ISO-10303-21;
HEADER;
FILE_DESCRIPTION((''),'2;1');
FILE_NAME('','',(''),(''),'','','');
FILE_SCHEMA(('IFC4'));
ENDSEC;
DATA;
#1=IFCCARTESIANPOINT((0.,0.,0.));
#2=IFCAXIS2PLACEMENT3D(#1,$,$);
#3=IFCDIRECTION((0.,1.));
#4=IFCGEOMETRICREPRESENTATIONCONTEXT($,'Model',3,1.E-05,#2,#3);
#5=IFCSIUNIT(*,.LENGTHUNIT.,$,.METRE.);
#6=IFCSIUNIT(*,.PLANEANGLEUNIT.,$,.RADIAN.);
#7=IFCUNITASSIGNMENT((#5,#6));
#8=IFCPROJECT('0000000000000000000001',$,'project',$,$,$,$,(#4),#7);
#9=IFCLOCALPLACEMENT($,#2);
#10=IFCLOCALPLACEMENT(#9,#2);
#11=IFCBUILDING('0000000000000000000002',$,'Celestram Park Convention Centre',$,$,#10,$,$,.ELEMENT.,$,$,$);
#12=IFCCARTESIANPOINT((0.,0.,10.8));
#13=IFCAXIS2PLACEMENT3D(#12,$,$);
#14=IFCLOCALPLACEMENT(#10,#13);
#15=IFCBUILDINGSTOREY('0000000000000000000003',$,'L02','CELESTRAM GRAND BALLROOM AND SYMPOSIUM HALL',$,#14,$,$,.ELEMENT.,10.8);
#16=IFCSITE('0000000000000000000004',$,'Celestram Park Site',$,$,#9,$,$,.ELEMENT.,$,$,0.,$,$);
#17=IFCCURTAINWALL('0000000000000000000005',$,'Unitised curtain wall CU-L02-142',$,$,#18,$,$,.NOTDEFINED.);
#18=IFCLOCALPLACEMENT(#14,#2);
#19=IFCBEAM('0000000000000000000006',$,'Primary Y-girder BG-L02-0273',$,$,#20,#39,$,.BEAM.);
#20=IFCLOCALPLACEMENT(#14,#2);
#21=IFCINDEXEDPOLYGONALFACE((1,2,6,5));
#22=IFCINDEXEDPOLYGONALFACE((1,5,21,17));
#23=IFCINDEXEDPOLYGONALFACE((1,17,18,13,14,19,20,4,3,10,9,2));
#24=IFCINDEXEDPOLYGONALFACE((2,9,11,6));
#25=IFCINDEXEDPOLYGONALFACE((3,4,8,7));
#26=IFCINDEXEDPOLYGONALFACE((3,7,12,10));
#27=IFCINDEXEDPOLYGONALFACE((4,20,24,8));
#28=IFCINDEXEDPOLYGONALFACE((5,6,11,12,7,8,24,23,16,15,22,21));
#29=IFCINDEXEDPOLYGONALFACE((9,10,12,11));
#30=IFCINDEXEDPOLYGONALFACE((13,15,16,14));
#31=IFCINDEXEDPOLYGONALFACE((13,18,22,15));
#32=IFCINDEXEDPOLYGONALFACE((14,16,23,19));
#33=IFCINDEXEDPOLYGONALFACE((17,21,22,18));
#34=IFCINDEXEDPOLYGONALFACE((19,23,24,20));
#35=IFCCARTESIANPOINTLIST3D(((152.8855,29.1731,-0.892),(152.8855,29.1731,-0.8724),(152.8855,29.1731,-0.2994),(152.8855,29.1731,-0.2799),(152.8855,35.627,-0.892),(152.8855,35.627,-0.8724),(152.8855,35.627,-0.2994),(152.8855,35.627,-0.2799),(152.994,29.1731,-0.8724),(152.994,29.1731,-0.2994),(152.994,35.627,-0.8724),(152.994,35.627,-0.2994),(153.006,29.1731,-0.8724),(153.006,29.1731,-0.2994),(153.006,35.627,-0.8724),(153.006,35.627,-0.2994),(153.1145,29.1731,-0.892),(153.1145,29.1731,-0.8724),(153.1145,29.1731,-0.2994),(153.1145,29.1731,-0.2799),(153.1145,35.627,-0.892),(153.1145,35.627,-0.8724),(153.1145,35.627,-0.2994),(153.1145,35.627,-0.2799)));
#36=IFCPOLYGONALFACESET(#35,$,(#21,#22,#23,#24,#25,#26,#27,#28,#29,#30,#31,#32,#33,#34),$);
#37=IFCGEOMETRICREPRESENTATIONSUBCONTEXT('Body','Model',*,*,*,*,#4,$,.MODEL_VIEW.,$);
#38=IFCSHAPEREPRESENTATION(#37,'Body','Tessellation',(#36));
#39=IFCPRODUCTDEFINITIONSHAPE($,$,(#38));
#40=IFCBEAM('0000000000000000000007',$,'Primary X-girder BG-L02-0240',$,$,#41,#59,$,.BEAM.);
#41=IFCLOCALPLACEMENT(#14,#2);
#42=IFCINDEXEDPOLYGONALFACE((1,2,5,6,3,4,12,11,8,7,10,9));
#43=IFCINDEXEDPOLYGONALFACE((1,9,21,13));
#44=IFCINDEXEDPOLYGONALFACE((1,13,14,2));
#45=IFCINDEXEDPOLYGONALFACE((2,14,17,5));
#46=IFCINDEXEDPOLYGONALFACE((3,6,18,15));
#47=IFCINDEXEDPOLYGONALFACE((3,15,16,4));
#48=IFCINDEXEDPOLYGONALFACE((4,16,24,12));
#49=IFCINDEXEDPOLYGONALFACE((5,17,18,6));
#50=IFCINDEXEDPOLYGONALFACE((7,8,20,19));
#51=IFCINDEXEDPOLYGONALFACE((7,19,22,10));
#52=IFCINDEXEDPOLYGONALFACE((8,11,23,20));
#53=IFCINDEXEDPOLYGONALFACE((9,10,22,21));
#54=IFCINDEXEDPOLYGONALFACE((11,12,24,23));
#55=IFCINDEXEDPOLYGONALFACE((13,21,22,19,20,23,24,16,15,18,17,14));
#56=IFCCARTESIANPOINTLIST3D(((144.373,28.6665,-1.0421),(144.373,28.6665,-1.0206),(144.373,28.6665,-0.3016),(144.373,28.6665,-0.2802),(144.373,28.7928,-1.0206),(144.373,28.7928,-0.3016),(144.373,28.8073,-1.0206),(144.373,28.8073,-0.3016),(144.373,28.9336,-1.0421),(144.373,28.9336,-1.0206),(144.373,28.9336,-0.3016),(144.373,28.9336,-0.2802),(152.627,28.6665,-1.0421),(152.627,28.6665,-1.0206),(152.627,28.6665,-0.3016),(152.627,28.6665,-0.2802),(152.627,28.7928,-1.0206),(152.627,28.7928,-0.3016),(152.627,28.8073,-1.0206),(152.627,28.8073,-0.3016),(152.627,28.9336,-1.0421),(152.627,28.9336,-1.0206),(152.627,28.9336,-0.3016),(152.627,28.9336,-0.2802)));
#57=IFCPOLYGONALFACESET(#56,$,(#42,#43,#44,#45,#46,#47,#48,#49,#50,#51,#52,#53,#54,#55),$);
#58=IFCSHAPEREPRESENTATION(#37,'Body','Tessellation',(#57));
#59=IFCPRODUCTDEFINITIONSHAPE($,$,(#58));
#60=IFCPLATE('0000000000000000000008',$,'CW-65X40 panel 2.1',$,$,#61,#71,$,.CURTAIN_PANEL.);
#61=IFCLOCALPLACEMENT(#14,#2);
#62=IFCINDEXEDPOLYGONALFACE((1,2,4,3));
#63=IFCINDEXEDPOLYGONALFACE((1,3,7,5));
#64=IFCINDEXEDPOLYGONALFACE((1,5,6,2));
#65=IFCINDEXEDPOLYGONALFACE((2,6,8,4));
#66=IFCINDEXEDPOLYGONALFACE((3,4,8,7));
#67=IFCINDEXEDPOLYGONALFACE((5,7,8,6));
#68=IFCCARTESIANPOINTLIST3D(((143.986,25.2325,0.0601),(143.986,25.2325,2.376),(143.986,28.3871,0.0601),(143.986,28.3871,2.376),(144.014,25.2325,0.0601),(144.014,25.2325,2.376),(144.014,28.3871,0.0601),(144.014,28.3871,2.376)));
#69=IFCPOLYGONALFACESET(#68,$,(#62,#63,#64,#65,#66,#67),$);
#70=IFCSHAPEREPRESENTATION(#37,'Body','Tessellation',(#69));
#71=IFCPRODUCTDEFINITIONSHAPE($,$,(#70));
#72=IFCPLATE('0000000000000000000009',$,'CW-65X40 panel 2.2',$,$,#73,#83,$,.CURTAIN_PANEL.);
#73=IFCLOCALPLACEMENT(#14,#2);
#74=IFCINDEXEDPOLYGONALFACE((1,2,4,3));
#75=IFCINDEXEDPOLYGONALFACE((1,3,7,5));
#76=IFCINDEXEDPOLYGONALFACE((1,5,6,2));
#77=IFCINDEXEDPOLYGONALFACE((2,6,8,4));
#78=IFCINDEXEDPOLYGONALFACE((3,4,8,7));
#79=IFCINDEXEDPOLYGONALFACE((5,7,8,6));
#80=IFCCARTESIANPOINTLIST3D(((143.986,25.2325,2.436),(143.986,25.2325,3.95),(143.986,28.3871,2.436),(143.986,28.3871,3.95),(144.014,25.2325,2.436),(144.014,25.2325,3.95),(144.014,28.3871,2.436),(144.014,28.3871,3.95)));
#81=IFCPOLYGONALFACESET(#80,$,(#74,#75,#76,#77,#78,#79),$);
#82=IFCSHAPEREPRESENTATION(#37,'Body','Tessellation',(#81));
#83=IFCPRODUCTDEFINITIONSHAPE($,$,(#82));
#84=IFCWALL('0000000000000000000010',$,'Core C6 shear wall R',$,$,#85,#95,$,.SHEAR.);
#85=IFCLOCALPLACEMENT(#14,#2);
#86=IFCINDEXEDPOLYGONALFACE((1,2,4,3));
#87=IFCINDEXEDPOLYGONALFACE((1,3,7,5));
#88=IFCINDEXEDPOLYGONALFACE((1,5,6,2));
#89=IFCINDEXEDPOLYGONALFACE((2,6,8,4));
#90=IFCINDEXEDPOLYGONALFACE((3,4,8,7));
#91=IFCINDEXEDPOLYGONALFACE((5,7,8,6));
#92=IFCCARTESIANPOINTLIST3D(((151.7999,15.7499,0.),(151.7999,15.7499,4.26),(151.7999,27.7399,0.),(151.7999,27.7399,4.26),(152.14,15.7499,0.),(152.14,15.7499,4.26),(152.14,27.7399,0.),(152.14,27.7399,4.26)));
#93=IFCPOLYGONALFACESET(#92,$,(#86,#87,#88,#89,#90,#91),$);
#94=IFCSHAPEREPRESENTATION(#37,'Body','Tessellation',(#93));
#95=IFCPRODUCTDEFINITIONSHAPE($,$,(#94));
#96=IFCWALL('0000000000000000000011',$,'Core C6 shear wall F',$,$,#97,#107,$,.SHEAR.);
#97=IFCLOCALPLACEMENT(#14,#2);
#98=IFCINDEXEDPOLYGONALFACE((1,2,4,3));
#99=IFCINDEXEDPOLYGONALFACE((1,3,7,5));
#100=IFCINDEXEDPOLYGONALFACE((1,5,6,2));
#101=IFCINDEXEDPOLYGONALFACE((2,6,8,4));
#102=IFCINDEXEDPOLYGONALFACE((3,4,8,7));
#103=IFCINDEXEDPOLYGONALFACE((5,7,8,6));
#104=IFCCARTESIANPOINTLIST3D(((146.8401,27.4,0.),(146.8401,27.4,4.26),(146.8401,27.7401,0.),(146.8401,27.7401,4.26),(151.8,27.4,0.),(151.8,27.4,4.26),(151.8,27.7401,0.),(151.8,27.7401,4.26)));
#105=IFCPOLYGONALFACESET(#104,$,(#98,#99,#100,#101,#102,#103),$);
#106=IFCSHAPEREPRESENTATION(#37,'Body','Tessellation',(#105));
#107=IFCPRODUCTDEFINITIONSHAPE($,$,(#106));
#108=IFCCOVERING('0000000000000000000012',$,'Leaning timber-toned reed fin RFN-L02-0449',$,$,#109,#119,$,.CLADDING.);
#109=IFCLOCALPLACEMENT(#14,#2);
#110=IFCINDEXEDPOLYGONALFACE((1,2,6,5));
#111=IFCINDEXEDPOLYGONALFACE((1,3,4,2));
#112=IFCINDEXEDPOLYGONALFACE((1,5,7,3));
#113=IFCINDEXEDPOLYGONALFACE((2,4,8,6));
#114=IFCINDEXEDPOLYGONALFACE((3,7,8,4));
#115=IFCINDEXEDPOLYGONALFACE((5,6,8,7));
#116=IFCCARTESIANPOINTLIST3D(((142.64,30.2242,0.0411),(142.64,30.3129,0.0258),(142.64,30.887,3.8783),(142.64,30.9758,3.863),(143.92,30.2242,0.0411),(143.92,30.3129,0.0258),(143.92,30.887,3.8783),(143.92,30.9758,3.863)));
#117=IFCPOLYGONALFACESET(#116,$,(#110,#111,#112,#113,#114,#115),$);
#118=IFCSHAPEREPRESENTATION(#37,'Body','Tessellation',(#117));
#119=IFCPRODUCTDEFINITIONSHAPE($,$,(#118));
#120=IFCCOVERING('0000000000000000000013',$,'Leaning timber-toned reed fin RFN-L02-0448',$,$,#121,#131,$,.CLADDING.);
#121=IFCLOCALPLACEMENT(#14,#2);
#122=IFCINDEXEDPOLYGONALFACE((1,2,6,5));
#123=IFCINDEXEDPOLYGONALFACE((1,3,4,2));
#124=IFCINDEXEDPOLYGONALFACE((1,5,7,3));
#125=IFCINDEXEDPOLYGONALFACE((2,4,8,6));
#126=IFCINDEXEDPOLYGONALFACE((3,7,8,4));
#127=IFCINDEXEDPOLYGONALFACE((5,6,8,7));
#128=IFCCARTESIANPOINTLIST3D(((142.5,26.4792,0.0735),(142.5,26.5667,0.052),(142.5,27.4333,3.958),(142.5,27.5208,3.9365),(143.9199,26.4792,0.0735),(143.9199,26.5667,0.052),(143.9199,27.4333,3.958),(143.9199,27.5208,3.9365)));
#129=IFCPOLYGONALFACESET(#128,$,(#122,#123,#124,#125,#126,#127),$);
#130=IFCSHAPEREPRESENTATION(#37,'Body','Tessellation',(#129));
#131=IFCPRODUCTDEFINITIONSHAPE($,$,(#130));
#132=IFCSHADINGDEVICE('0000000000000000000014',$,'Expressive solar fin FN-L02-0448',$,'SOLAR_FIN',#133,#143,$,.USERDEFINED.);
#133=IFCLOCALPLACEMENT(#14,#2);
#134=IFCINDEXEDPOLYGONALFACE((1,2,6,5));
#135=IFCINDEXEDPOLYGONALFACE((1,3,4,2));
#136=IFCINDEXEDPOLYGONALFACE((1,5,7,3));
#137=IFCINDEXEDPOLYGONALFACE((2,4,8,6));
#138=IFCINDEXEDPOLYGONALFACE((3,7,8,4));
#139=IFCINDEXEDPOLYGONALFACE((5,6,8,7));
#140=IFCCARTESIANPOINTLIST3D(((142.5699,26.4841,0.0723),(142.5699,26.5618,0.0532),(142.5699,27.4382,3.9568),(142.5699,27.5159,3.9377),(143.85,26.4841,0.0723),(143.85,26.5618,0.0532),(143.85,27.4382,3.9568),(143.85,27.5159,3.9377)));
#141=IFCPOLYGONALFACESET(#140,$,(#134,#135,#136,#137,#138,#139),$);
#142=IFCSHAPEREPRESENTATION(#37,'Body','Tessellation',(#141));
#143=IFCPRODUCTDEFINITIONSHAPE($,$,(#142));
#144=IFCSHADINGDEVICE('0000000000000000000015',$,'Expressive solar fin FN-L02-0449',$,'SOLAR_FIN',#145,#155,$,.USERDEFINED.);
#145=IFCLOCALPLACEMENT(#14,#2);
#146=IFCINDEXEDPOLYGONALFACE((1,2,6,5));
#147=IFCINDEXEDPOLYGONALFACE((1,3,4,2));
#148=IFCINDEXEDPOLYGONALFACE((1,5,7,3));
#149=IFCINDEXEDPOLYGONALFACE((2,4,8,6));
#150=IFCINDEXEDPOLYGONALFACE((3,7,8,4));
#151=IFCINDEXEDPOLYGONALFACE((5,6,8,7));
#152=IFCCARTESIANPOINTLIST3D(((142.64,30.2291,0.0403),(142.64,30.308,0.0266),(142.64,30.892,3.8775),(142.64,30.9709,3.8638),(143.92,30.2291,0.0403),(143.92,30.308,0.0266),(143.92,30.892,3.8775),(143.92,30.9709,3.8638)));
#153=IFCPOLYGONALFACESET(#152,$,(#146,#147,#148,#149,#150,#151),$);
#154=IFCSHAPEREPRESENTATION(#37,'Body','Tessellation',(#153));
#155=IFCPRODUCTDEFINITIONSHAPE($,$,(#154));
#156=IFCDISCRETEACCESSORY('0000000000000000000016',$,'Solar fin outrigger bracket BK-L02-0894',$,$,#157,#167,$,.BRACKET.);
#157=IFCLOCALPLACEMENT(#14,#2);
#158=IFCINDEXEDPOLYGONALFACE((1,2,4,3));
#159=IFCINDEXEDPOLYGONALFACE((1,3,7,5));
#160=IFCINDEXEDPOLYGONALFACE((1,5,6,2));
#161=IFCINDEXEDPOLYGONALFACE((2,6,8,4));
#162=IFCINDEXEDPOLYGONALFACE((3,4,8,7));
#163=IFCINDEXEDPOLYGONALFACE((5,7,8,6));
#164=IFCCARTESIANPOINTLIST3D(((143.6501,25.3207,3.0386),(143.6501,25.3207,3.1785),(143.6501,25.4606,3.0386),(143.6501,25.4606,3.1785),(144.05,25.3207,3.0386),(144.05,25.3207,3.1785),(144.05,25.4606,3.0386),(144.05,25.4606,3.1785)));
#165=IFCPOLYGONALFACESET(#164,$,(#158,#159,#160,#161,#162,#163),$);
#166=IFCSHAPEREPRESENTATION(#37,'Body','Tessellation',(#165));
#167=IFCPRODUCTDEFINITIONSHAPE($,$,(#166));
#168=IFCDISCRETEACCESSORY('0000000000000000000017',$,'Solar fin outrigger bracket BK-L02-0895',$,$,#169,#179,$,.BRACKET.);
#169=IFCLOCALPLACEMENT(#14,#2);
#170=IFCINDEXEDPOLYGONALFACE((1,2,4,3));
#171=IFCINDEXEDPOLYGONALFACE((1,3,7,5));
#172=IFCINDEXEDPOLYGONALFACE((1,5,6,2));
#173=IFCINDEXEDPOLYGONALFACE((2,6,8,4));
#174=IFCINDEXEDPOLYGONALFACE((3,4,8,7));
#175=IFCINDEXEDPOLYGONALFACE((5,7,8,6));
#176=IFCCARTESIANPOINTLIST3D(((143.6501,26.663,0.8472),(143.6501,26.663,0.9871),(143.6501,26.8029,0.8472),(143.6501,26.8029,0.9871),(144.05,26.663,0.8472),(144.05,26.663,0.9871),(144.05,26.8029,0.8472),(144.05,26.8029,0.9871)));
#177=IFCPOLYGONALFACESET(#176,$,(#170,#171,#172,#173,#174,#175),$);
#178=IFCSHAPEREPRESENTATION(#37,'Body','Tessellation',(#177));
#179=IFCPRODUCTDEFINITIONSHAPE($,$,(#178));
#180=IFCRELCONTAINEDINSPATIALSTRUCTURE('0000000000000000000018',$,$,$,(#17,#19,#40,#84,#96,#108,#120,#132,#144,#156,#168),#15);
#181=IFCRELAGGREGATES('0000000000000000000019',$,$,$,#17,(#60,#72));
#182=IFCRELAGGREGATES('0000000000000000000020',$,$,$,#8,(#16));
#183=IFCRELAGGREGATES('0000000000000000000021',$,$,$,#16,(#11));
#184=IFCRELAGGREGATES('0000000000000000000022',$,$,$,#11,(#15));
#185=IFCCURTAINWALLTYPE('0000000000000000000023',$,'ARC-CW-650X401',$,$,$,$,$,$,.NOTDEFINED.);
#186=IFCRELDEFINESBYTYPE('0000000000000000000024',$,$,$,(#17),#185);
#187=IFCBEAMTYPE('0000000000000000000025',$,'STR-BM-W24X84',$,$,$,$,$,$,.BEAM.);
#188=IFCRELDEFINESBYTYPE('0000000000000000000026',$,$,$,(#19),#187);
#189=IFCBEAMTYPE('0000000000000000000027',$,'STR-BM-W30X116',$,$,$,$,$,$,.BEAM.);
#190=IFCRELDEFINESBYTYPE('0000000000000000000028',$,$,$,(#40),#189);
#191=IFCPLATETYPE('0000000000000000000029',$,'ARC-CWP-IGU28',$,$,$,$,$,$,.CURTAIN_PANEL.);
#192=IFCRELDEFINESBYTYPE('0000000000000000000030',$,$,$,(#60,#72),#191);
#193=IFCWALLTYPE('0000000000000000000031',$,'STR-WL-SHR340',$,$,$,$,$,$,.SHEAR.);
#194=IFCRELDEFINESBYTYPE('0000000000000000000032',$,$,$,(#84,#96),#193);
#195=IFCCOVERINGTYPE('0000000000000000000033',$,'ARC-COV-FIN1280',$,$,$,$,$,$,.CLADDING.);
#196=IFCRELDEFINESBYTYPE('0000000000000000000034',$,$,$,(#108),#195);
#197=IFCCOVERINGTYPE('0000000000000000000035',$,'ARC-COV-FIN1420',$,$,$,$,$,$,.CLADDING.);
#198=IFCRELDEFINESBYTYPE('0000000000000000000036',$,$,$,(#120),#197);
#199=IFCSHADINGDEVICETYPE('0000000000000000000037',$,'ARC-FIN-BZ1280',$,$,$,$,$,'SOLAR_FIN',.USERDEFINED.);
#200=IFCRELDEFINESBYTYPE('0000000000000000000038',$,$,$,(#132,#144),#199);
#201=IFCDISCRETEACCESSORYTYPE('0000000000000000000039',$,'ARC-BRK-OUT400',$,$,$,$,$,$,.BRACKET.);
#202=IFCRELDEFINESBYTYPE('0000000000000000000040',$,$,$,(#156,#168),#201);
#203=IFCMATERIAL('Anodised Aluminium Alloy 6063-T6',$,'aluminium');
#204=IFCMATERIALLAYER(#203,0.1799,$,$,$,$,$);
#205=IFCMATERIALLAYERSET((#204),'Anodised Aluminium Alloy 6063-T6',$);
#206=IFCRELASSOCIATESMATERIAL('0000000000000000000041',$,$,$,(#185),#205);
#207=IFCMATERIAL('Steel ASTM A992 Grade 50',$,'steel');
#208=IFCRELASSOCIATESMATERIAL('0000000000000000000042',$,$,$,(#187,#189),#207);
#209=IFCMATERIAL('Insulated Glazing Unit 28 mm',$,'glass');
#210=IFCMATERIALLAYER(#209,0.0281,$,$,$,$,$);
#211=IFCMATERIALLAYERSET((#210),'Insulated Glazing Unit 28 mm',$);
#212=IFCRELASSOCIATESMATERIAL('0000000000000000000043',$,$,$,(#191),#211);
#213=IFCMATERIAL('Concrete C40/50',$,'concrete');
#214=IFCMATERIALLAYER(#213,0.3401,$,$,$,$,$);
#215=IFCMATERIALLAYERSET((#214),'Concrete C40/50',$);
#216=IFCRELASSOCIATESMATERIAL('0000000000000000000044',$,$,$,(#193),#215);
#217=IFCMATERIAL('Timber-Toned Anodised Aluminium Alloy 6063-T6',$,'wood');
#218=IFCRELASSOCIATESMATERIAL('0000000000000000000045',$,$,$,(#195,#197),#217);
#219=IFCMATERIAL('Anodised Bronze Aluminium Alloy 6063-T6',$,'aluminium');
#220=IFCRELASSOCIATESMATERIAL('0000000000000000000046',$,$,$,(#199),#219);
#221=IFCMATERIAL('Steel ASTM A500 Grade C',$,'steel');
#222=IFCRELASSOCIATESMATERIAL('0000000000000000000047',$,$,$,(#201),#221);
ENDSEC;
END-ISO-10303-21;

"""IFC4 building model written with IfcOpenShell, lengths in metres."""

from ifc_helpers import new_model, si_unit, direction, frame, frame_2d, origin, origin_2d, place, context, subcontext, project, spatial, rectangle, i_section, extrude, material, layer, layer_set, material_profile, profile_set, type_object, element, aggregate, save


model = new_model("IFC4")

# Units and contexts
model_context = context("Model", 3, precision=1e-05, world=origin(), true_north=direction((0.0, 1.0)))
body_context = subcontext(model_context, "Body", "Model", "MODEL_VIEW")
ifc_project = project(units=[si_unit("LENGTHUNIT", "METRE"), si_unit("PLANEANGLEUNIT", "RADIAN")], contexts=[model_context])

# Site, building, storey
site_placement = place(None, origin())
site = spatial("IfcSite", under=ifc_project, at=site_placement, Name="Celestram Park Site", CompositionType="ELEMENT", RefElevation=0.0)
building_placement = place(site_placement, origin())
building = spatial("IfcBuilding", under=site, at=building_placement, Name="Celestram Park Convention Centre", CompositionType="ELEMENT")
storey_placement = place(building_placement, frame((0.0, 0.0, 10.8)))
storey = spatial("IfcBuildingStorey", under=building, at=storey_placement, Name="L02", Description="CELESTRAM GRAND BALLROOM AND SYMPOSIUM HALL", CompositionType="ELEMENT", Elevation=10.8)

# Shared definitions
ifc_material_1 = material(Name="Concrete C40/50", Category="concrete")

# Curtain wall
ifc_material_2 = material(Name="Anodised Aluminium Alloy 6063-T6", Category="aluminium")
ifc_layer_1 = layer(ifc_material_2, 0.1799)
ifc_layer_set_1 = layer_set([ifc_layer_1], Name="Anodised Aluminium Alloy 6063-T6")
curtain_wall_type_1 = type_object("IfcCurtainWallType", Name="ARC-CW-650X401", PredefinedType="NOTDEFINED", material=ifc_layer_set_1)
curtain_wall_1_placement = place(storey_placement, origin())
curtain_wall_1 = element("IfcCurtainWall", 1, at=curtain_wall_1_placement, inside=storey, type_object=curtain_wall_type_1, Name="Unitised curtain wall CU-L02-142", PredefinedType="NOTDEFINED")

# Beams
ifc_material_3 = material(Name="Steel ASTM A992 Grade 50", Category="steel")
ifc_material_profile_1 = material_profile(ifc_material_3, i_section(OverallWidth=0.229, OverallDepth=0.6121, WebThickness=0.012, FlangeThickness=0.0195, at=origin_2d()), Name="W24X84")
ifc_profile_set_1 = profile_set([ifc_material_profile_1], Name="Steel ASTM A992 Grade 50")
beam_type_1 = type_object("IfcBeamType", Name="STR-BM-W24X84", PredefinedType="BEAM", material=ifc_profile_set_1)
for number, where, z_axis, x_axis, name in (
    (2, (153.0, 29.1731, -0.5859), (0.0, 1.0, 0.0), (-1.0, 0.0, 0.0), "Primary Y-girder BG-L02-0273"),
):
    element("IfcBeam", number, at=place(storey_placement, frame(where, z_axis=z_axis, x_axis=x_axis)), inside=storey, type_object=beam_type_1, Name=name, PredefinedType="BEAM", context=body_context, shape_type="SweptSolid", body=[
        extrude(i_section(OverallWidth=0.229, OverallDepth=0.6121, WebThickness=0.012, FlangeThickness=0.0195, at=origin_2d()), origin(), (0.0, 0.0, 1.0), 6.4539),
    ])
ifc_material_profile_2 = material_profile(ifc_material_3, i_section(OverallWidth=0.2671, OverallDepth=0.762, WebThickness=0.0144, FlangeThickness=0.0215, at=origin_2d()), Name="W30X116")
ifc_profile_set_2 = profile_set([ifc_material_profile_2], Name="Steel ASTM A992 Grade 50")
beam_type_2 = type_object("IfcBeamType", Name="STR-BM-W30X116", PredefinedType="BEAM", material=ifc_profile_set_2)
beam_placement = place(storey_placement, frame((144.373, 28.8, -0.6611), z_axis=(1.0, 0.0, 0.0), x_axis=(0.0, 1.0, 0.0)))
element("IfcBeam", 3, at=beam_placement, inside=storey, type_object=beam_type_2, Name="Primary X-girder BG-L02-0240", PredefinedType="BEAM", context=body_context, shape_type="SweptSolid", body=[
    extrude(i_section(OverallWidth=0.2671, OverallDepth=0.762, WebThickness=0.0144, FlangeThickness=0.0215, at=origin_2d()), origin(), (0.0, 0.0, 1.0), 8.2539),
])

# Plates
ifc_material_4 = material(Name="Insulated Glazing Unit 28 mm", Category="glass")
ifc_layer_2 = layer(ifc_material_4, 0.0281)
ifc_layer_set_2 = layer_set([ifc_layer_2], Name="Insulated Glazing Unit 28 mm")
plate_type = type_object("IfcPlateType", Name="ARC-CWP-IGU28", PredefinedType="CURTAIN_PANEL", material=ifc_layer_set_2)
plate_1_placement = place(storey_placement, frame((144.0, 26.8098, 0.0601), z_axis=(0.0, 0.0, 1.0), x_axis=(0.0, 1.0, 0.0)))
plate_1 = element("IfcPlate", 4, at=plate_1_placement, type_object=plate_type, Name="CW-65X40 panel 2.1", PredefinedType="CURTAIN_PANEL", context=body_context, shape_type="SweptSolid", body=[
    extrude(rectangle(XDim=3.1545, YDim=0.0281, at=origin_2d()), origin(), (0.0, 0.0, 1.0), 2.3159),
])
plate_2_placement = place(storey_placement, frame((144.0, 26.8098, 2.436), z_axis=(0.0, 0.0, 1.0), x_axis=(0.0, 1.0, 0.0)))
plate_2 = element("IfcPlate", 5, at=plate_2_placement, type_object=plate_type, Name="CW-65X40 panel 2.2", PredefinedType="CURTAIN_PANEL", context=body_context, shape_type="SweptSolid", body=[
    extrude(rectangle(XDim=3.1545, YDim=0.0281, at=origin_2d()), origin(), (0.0, 0.0, 1.0), 1.5139),
])
aggregate(curtain_wall_1, [plate_1, plate_2])

# Walls
ifc_layer_3 = layer(ifc_material_1, 0.3401)
ifc_layer_set_3 = layer_set([ifc_layer_3], Name="Concrete C40/50")
wall_type = type_object("IfcWallType", Name="STR-WL-SHR340", PredefinedType="SHEAR", material=ifc_layer_set_3)
wall_1_placement = place(storey_placement, frame((151.97, 27.74, 0.0), z_axis=(0.0, 0.0, 1.0), x_axis=(0.0, -1.0, 0.0)))
element("IfcWall", 6, at=wall_1_placement, inside=storey, type_object=wall_type, Name="Core C6 shear wall R", PredefinedType="SHEAR", context=body_context, shape_type="SweptSolid", body=[
    extrude(rectangle(XDim=11.99, YDim=0.3401, at=frame_2d((5.9951, 0.0))), origin(), (0.0, 0.0, 1.0), 4.26),
])
wall_2_placement = place(storey_placement, frame((146.8401, 27.5701, 0.0), z_axis=(0.0, 0.0, 1.0), x_axis=(1.0, 0.0, 0.0)))
element("IfcWall", 7, at=wall_2_placement, inside=storey, type_object=wall_type, Name="Core C6 shear wall F", PredefinedType="SHEAR", context=body_context, shape_type="SweptSolid", body=[
    extrude(rectangle(XDim=4.96, YDim=0.3401, at=frame_2d((2.48, 0.0))), origin(), (0.0, 0.0, 1.0), 4.26),
])

# Coverings
ifc_material_5 = material(Name="Timber-Toned Anodised Aluminium Alloy 6063-T6", Category="wood")
ifc_material_profile_3 = material_profile(ifc_material_5, rectangle(XDim=1.28, YDim=0.0901, at=origin_2d()), Name="REED1280X90")
ifc_profile_set_3 = profile_set([ifc_material_profile_3], Name="Timber-Toned Anodised Aluminium Alloy 6063-T6")
covering_type_1 = type_object("IfcCoveringType", Name="ARC-COV-FIN1280", PredefinedType="CLADDING", material=ifc_profile_set_3)
covering_1_placement = place(storey_placement, frame((143.28, 30.2686, 0.0334), z_axis=(0.0, 0.170222, 0.985406), x_axis=(-1.0, 0.0, 0.0)))
element("IfcCovering", 8, at=covering_1_placement, inside=storey, type_object=covering_type_1, Name="Leaning timber-toned reed fin RFN-L02-0449", PredefinedType="CLADDING", context=body_context, shape_type="SweptSolid", body=[
    extrude(rectangle(XDim=1.28, YDim=0.0901, at=origin_2d()), origin(), (0.0, 0.0, 1.0), 3.894),
])
ifc_material_profile_4 = material_profile(ifc_material_5, rectangle(XDim=1.4199, YDim=0.0901, at=origin_2d()), Name="REED1420X90")
ifc_profile_set_4 = profile_set([ifc_material_profile_4], Name="Timber-Toned Anodised Aluminium Alloy 6063-T6")
covering_type_2 = type_object("IfcCoveringType", Name="ARC-COV-FIN1420", PredefinedType="CLADDING", material=ifc_profile_set_4)
covering_2_placement = place(storey_placement, frame((143.21, 26.5229, 0.0627), z_axis=(0.0, 0.238527, 0.971136), x_axis=(-1.0, 0.0, 0.0)))
element("IfcCovering", 9, at=covering_2_placement, inside=storey, type_object=covering_type_2, Name="Leaning timber-toned reed fin RFN-L02-0448", PredefinedType="CLADDING", context=body_context, shape_type="SweptSolid", body=[
    extrude(rectangle(XDim=1.4199, YDim=0.0901, at=origin_2d()), origin(), (0.0, 0.0, 1.0), 4.0),
])

# Shading devices
ifc_material_6 = material(Name="Anodised Bronze Aluminium Alloy 6063-T6", Category="aluminium")
ifc_material_profile_5 = material_profile(ifc_material_6, rectangle(XDim=1.28, YDim=0.0801, at=origin_2d()), Name="FIN1280X80")
ifc_profile_set_5 = profile_set([ifc_material_profile_5], Name="Anodised Bronze Aluminium Alloy 6063-T6")
shading_device_type = type_object("IfcShadingDeviceType", Name="ARC-FIN-BZ1280", ElementType="SOLAR_FIN", PredefinedType="USERDEFINED", material=ifc_profile_set_5)
shading_device_1_placement = place(storey_placement, frame((143.21, 26.5229, 0.0627), z_axis=(0.0, 0.238527, 0.971136), x_axis=(-1.0, 0.0, 0.0)))
element("IfcShadingDevice", 10, at=shading_device_1_placement, inside=storey, type_object=shading_device_type, Name="Expressive solar fin FN-L02-0448", ObjectType="SOLAR_FIN", PredefinedType="USERDEFINED", context=body_context, shape_type="SweptSolid", body=[
    extrude(rectangle(XDim=1.28, YDim=0.0801, at=origin_2d()), origin(), (0.0, 0.0, 1.0), 4.0),
])
shading_device_2_placement = place(storey_placement, frame((143.28, 30.2686, 0.0334), z_axis=(0.0, 0.170222, 0.985406), x_axis=(-1.0, 0.0, 0.0)))
element("IfcShadingDevice", 11, at=shading_device_2_placement, inside=storey, type_object=shading_device_type, Name="Expressive solar fin FN-L02-0449", ObjectType="SOLAR_FIN", PredefinedType="USERDEFINED", context=body_context, shape_type="SweptSolid", body=[
    extrude(rectangle(XDim=1.28, YDim=0.0801, at=origin_2d()), origin(), (0.0, 0.0, 1.0), 3.894),
])

# Discrete accessories
ifc_material_7 = material(Name="Steel ASTM A500 Grade C", Category="steel")
discrete_accessory_type = type_object("IfcDiscreteAccessoryType", Name="ARC-BRK-OUT400", PredefinedType="BRACKET", material=ifc_material_7)
for number, where, z_axis, x_axis, name in (
    (12, (143.8501, 25.3906, 3.0386), (0.0, 0.0, 1.0), (-1.0, 0.0, 0.0), "Solar fin outrigger bracket BK-L02-0894"),
    (13, (143.8501, 26.7329, 0.8472), (0.0, 0.0, 1.0), (-1.0, 0.0, 0.0), "Solar fin outrigger bracket BK-L02-0895"),
):
    element("IfcDiscreteAccessory", number, at=place(storey_placement, frame(where, z_axis=z_axis, x_axis=x_axis)), inside=storey, type_object=discrete_accessory_type, Name=name, PredefinedType="BRACKET", context=body_context, shape_type="SweptSolid", body=[
        extrude(rectangle(XDim=0.3999, YDim=0.1399, at=origin_2d()), origin(), (0.0, 0.0, 1.0), 0.1399),
    ])

save(model, "model.ifc")
